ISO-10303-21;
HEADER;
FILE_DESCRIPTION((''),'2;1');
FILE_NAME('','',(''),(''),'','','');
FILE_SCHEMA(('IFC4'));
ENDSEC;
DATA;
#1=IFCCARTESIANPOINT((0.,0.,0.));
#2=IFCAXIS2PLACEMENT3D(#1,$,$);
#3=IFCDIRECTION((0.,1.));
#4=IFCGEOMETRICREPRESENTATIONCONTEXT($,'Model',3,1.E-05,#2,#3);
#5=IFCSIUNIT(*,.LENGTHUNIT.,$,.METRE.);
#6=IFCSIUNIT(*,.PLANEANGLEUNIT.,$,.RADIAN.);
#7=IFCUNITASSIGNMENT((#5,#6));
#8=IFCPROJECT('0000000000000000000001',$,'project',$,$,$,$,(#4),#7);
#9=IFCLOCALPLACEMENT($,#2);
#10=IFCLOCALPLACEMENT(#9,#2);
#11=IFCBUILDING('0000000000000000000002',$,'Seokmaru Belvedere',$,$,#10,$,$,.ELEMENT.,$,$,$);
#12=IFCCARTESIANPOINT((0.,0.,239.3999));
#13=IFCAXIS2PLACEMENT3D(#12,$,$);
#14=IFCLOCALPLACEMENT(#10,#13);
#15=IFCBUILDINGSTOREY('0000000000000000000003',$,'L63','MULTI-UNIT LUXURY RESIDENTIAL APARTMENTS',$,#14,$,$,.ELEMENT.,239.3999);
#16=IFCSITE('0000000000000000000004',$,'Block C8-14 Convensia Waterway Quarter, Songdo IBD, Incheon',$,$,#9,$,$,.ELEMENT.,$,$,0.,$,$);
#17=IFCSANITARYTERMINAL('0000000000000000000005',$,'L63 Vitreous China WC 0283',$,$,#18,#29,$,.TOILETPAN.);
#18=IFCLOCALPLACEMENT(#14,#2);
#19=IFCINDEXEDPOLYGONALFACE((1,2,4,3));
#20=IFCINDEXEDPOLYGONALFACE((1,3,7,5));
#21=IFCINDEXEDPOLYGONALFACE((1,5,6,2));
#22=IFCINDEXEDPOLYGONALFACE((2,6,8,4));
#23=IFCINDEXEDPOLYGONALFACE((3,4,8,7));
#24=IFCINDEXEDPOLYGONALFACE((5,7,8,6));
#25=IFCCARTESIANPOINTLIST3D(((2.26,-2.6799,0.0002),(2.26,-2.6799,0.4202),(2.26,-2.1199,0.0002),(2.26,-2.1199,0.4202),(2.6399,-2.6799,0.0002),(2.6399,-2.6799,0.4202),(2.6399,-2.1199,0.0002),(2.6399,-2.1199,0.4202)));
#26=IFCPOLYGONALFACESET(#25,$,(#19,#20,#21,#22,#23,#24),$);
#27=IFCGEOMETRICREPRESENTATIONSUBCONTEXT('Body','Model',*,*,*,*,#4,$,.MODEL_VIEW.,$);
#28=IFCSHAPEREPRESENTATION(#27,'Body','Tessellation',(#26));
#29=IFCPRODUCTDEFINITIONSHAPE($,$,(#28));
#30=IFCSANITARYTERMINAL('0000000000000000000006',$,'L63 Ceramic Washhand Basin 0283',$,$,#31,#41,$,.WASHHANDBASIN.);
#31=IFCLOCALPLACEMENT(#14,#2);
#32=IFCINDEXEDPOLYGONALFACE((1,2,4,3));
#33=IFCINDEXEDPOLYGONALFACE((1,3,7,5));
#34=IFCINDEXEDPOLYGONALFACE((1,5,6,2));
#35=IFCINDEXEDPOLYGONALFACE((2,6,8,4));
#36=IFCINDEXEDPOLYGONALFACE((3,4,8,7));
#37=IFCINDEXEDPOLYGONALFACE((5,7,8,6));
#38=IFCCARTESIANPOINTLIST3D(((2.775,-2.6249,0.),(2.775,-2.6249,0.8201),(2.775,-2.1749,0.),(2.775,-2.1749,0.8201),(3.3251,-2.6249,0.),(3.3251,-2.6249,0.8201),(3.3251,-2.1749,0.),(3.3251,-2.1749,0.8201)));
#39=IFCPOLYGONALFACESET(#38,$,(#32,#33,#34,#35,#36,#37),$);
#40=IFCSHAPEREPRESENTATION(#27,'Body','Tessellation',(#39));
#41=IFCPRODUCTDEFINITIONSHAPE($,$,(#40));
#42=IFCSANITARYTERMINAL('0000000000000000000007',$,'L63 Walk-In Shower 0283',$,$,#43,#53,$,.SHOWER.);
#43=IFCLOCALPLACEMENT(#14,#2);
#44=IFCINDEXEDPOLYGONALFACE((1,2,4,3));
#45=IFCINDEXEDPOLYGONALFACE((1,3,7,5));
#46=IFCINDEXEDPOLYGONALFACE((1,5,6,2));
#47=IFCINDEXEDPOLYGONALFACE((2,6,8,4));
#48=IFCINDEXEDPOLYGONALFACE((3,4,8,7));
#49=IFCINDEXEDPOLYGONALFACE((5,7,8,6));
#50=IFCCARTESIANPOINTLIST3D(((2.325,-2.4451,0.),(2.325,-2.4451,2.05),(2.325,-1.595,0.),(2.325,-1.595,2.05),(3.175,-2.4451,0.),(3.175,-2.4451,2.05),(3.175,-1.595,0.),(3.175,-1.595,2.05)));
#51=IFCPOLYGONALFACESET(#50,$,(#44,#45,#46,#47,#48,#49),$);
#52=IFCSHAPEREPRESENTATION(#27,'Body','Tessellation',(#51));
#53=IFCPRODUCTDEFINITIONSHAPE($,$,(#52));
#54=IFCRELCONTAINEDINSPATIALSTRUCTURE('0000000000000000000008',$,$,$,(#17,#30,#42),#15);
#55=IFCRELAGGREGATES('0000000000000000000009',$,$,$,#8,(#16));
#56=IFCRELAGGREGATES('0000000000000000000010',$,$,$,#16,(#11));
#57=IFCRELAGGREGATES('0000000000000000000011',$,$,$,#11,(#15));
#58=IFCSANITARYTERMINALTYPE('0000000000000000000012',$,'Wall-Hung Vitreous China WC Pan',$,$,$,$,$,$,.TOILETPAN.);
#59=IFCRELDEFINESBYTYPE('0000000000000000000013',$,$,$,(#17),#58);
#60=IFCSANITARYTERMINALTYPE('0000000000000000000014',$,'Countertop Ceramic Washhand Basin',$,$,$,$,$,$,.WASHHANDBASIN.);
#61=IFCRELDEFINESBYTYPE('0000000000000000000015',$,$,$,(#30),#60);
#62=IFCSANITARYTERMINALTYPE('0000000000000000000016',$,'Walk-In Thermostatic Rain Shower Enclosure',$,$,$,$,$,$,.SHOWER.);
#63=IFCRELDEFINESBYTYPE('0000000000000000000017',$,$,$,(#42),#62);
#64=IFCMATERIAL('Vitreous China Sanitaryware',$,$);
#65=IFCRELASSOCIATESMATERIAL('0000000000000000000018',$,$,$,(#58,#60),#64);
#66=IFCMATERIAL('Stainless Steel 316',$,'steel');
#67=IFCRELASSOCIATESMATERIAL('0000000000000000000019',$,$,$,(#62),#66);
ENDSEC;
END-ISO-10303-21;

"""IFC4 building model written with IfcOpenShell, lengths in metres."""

from ifc_helpers import new_model, si_unit, direction, frame, origin, origin_2d, place, context, subcontext, project, spatial, rectangle, extrude, source, transform, mapped, material, type_object, type_shapes, element, save


model = new_model("IFC4")

# Units and contexts
model_context = context("Model", 3, precision=1e-05, world=origin(), true_north=direction((0.0, 1.0)))
body_context = subcontext(model_context, "Body", "Model", "MODEL_VIEW")
ifc_project = project(units=[si_unit("LENGTHUNIT", "METRE"), si_unit("PLANEANGLEUNIT", "RADIAN")], contexts=[model_context])

# Site, building, storey
site_placement = place(None, origin())
site = spatial("IfcSite", under=ifc_project, at=site_placement, Name="Block C8-14 Convensia Waterway Quarter, Songdo IBD, Incheon", CompositionType="ELEMENT", RefElevation=0.0)
building_placement = place(site_placement, origin())
building = spatial("IfcBuilding", under=site, at=building_placement, Name="Seokmaru Belvedere", CompositionType="ELEMENT")
storey_placement = place(building_placement, frame((0.0, 0.0, 239.3999)))
storey = spatial("IfcBuildingStorey", under=building, at=storey_placement, Name="L63", Description="MULTI-UNIT LUXURY RESIDENTIAL APARTMENTS", CompositionType="ELEMENT", Elevation=239.3999)

# Sanitary terminals
ifc_material_1 = material(Name="Vitreous China Sanitaryware")
sanitary_terminal_type_1 = type_object("IfcSanitaryTerminalType", Name="Wall-Hung Vitreous China WC Pan", PredefinedType="TOILETPAN", material=ifc_material_1)
shared_shape_1 = source(origin(), body_context, "Body", "SweptSolid", [
    extrude(rectangle(XDim=0.3799, YDim=0.5601, at=origin_2d()), origin(), (0.0, 0.0, 1.0), 0.4199),
])
type_shapes(sanitary_terminal_type_1, [shared_shape_1])
sanitary_terminal_1_placement = place(storey_placement, frame((2.45, -2.3999, 0.0002), z_axis=(0.0, 0.0, 1.0), x_axis=(1.0, 0.0, 0.0)))
element("IfcSanitaryTerminal", 1, at=sanitary_terminal_1_placement, inside=storey, type_object=sanitary_terminal_type_1, Name="L63 Vitreous China WC 0283", PredefinedType="TOILETPAN", context=body_context, shape_type="MappedRepresentation", body=[
    mapped(shared_shape_1, transform((0.0, 0.0, 0.0), scale=1.0)),
])
sanitary_terminal_type_2 = type_object("IfcSanitaryTerminalType", Name="Countertop Ceramic Washhand Basin", PredefinedType="WASHHANDBASIN", material=ifc_material_1)
shared_shape_2 = source(origin(), body_context, "Body", "SweptSolid", [
    extrude(rectangle(XDim=0.55, YDim=0.45, at=origin_2d()), origin(), (0.0, 0.0, 1.0), 0.8201),
])
type_shapes(sanitary_terminal_type_2, [shared_shape_2])
sanitary_terminal_2_placement = place(storey_placement, frame((3.05, -2.3999, 0.0), z_axis=(0.0, 0.0, 1.0), x_axis=(1.0, 0.0, 0.0)))
element("IfcSanitaryTerminal", 2, at=sanitary_terminal_2_placement, inside=storey, type_object=sanitary_terminal_type_2, Name="L63 Ceramic Washhand Basin 0283", PredefinedType="WASHHANDBASIN", context=body_context, shape_type="MappedRepresentation", body=[
    mapped(shared_shape_2, transform((0.0, 0.0, 0.0), scale=1.0)),
])
ifc_material_2 = material(Name="Stainless Steel 316", Category="steel")
sanitary_terminal_type_3 = type_object("IfcSanitaryTerminalType", Name="Walk-In Thermostatic Rain Shower Enclosure", PredefinedType="SHOWER", material=ifc_material_2)
shared_shape_3 = source(origin(), body_context, "Body", "SweptSolid", [
    extrude(rectangle(XDim=0.8501, YDim=0.8501, at=origin_2d()), origin(), (0.0, 0.0, 1.0), 2.05),
])
type_shapes(sanitary_terminal_type_3, [shared_shape_3])
sanitary_terminal_3_placement = place(storey_placement, frame((2.75, -2.02, 0.0), z_axis=(0.0, 0.0, 1.0), x_axis=(1.0, 0.0, 0.0)))
element("IfcSanitaryTerminal", 3, at=sanitary_terminal_3_placement, inside=storey, type_object=sanitary_terminal_type_3, Name="L63 Walk-In Shower 0283", PredefinedType="SHOWER", context=body_context, shape_type="MappedRepresentation", body=[
    mapped(shared_shape_3, transform((0.0, 0.0, 0.0), scale=1.0)),
])

save(model, "model.ifc")
